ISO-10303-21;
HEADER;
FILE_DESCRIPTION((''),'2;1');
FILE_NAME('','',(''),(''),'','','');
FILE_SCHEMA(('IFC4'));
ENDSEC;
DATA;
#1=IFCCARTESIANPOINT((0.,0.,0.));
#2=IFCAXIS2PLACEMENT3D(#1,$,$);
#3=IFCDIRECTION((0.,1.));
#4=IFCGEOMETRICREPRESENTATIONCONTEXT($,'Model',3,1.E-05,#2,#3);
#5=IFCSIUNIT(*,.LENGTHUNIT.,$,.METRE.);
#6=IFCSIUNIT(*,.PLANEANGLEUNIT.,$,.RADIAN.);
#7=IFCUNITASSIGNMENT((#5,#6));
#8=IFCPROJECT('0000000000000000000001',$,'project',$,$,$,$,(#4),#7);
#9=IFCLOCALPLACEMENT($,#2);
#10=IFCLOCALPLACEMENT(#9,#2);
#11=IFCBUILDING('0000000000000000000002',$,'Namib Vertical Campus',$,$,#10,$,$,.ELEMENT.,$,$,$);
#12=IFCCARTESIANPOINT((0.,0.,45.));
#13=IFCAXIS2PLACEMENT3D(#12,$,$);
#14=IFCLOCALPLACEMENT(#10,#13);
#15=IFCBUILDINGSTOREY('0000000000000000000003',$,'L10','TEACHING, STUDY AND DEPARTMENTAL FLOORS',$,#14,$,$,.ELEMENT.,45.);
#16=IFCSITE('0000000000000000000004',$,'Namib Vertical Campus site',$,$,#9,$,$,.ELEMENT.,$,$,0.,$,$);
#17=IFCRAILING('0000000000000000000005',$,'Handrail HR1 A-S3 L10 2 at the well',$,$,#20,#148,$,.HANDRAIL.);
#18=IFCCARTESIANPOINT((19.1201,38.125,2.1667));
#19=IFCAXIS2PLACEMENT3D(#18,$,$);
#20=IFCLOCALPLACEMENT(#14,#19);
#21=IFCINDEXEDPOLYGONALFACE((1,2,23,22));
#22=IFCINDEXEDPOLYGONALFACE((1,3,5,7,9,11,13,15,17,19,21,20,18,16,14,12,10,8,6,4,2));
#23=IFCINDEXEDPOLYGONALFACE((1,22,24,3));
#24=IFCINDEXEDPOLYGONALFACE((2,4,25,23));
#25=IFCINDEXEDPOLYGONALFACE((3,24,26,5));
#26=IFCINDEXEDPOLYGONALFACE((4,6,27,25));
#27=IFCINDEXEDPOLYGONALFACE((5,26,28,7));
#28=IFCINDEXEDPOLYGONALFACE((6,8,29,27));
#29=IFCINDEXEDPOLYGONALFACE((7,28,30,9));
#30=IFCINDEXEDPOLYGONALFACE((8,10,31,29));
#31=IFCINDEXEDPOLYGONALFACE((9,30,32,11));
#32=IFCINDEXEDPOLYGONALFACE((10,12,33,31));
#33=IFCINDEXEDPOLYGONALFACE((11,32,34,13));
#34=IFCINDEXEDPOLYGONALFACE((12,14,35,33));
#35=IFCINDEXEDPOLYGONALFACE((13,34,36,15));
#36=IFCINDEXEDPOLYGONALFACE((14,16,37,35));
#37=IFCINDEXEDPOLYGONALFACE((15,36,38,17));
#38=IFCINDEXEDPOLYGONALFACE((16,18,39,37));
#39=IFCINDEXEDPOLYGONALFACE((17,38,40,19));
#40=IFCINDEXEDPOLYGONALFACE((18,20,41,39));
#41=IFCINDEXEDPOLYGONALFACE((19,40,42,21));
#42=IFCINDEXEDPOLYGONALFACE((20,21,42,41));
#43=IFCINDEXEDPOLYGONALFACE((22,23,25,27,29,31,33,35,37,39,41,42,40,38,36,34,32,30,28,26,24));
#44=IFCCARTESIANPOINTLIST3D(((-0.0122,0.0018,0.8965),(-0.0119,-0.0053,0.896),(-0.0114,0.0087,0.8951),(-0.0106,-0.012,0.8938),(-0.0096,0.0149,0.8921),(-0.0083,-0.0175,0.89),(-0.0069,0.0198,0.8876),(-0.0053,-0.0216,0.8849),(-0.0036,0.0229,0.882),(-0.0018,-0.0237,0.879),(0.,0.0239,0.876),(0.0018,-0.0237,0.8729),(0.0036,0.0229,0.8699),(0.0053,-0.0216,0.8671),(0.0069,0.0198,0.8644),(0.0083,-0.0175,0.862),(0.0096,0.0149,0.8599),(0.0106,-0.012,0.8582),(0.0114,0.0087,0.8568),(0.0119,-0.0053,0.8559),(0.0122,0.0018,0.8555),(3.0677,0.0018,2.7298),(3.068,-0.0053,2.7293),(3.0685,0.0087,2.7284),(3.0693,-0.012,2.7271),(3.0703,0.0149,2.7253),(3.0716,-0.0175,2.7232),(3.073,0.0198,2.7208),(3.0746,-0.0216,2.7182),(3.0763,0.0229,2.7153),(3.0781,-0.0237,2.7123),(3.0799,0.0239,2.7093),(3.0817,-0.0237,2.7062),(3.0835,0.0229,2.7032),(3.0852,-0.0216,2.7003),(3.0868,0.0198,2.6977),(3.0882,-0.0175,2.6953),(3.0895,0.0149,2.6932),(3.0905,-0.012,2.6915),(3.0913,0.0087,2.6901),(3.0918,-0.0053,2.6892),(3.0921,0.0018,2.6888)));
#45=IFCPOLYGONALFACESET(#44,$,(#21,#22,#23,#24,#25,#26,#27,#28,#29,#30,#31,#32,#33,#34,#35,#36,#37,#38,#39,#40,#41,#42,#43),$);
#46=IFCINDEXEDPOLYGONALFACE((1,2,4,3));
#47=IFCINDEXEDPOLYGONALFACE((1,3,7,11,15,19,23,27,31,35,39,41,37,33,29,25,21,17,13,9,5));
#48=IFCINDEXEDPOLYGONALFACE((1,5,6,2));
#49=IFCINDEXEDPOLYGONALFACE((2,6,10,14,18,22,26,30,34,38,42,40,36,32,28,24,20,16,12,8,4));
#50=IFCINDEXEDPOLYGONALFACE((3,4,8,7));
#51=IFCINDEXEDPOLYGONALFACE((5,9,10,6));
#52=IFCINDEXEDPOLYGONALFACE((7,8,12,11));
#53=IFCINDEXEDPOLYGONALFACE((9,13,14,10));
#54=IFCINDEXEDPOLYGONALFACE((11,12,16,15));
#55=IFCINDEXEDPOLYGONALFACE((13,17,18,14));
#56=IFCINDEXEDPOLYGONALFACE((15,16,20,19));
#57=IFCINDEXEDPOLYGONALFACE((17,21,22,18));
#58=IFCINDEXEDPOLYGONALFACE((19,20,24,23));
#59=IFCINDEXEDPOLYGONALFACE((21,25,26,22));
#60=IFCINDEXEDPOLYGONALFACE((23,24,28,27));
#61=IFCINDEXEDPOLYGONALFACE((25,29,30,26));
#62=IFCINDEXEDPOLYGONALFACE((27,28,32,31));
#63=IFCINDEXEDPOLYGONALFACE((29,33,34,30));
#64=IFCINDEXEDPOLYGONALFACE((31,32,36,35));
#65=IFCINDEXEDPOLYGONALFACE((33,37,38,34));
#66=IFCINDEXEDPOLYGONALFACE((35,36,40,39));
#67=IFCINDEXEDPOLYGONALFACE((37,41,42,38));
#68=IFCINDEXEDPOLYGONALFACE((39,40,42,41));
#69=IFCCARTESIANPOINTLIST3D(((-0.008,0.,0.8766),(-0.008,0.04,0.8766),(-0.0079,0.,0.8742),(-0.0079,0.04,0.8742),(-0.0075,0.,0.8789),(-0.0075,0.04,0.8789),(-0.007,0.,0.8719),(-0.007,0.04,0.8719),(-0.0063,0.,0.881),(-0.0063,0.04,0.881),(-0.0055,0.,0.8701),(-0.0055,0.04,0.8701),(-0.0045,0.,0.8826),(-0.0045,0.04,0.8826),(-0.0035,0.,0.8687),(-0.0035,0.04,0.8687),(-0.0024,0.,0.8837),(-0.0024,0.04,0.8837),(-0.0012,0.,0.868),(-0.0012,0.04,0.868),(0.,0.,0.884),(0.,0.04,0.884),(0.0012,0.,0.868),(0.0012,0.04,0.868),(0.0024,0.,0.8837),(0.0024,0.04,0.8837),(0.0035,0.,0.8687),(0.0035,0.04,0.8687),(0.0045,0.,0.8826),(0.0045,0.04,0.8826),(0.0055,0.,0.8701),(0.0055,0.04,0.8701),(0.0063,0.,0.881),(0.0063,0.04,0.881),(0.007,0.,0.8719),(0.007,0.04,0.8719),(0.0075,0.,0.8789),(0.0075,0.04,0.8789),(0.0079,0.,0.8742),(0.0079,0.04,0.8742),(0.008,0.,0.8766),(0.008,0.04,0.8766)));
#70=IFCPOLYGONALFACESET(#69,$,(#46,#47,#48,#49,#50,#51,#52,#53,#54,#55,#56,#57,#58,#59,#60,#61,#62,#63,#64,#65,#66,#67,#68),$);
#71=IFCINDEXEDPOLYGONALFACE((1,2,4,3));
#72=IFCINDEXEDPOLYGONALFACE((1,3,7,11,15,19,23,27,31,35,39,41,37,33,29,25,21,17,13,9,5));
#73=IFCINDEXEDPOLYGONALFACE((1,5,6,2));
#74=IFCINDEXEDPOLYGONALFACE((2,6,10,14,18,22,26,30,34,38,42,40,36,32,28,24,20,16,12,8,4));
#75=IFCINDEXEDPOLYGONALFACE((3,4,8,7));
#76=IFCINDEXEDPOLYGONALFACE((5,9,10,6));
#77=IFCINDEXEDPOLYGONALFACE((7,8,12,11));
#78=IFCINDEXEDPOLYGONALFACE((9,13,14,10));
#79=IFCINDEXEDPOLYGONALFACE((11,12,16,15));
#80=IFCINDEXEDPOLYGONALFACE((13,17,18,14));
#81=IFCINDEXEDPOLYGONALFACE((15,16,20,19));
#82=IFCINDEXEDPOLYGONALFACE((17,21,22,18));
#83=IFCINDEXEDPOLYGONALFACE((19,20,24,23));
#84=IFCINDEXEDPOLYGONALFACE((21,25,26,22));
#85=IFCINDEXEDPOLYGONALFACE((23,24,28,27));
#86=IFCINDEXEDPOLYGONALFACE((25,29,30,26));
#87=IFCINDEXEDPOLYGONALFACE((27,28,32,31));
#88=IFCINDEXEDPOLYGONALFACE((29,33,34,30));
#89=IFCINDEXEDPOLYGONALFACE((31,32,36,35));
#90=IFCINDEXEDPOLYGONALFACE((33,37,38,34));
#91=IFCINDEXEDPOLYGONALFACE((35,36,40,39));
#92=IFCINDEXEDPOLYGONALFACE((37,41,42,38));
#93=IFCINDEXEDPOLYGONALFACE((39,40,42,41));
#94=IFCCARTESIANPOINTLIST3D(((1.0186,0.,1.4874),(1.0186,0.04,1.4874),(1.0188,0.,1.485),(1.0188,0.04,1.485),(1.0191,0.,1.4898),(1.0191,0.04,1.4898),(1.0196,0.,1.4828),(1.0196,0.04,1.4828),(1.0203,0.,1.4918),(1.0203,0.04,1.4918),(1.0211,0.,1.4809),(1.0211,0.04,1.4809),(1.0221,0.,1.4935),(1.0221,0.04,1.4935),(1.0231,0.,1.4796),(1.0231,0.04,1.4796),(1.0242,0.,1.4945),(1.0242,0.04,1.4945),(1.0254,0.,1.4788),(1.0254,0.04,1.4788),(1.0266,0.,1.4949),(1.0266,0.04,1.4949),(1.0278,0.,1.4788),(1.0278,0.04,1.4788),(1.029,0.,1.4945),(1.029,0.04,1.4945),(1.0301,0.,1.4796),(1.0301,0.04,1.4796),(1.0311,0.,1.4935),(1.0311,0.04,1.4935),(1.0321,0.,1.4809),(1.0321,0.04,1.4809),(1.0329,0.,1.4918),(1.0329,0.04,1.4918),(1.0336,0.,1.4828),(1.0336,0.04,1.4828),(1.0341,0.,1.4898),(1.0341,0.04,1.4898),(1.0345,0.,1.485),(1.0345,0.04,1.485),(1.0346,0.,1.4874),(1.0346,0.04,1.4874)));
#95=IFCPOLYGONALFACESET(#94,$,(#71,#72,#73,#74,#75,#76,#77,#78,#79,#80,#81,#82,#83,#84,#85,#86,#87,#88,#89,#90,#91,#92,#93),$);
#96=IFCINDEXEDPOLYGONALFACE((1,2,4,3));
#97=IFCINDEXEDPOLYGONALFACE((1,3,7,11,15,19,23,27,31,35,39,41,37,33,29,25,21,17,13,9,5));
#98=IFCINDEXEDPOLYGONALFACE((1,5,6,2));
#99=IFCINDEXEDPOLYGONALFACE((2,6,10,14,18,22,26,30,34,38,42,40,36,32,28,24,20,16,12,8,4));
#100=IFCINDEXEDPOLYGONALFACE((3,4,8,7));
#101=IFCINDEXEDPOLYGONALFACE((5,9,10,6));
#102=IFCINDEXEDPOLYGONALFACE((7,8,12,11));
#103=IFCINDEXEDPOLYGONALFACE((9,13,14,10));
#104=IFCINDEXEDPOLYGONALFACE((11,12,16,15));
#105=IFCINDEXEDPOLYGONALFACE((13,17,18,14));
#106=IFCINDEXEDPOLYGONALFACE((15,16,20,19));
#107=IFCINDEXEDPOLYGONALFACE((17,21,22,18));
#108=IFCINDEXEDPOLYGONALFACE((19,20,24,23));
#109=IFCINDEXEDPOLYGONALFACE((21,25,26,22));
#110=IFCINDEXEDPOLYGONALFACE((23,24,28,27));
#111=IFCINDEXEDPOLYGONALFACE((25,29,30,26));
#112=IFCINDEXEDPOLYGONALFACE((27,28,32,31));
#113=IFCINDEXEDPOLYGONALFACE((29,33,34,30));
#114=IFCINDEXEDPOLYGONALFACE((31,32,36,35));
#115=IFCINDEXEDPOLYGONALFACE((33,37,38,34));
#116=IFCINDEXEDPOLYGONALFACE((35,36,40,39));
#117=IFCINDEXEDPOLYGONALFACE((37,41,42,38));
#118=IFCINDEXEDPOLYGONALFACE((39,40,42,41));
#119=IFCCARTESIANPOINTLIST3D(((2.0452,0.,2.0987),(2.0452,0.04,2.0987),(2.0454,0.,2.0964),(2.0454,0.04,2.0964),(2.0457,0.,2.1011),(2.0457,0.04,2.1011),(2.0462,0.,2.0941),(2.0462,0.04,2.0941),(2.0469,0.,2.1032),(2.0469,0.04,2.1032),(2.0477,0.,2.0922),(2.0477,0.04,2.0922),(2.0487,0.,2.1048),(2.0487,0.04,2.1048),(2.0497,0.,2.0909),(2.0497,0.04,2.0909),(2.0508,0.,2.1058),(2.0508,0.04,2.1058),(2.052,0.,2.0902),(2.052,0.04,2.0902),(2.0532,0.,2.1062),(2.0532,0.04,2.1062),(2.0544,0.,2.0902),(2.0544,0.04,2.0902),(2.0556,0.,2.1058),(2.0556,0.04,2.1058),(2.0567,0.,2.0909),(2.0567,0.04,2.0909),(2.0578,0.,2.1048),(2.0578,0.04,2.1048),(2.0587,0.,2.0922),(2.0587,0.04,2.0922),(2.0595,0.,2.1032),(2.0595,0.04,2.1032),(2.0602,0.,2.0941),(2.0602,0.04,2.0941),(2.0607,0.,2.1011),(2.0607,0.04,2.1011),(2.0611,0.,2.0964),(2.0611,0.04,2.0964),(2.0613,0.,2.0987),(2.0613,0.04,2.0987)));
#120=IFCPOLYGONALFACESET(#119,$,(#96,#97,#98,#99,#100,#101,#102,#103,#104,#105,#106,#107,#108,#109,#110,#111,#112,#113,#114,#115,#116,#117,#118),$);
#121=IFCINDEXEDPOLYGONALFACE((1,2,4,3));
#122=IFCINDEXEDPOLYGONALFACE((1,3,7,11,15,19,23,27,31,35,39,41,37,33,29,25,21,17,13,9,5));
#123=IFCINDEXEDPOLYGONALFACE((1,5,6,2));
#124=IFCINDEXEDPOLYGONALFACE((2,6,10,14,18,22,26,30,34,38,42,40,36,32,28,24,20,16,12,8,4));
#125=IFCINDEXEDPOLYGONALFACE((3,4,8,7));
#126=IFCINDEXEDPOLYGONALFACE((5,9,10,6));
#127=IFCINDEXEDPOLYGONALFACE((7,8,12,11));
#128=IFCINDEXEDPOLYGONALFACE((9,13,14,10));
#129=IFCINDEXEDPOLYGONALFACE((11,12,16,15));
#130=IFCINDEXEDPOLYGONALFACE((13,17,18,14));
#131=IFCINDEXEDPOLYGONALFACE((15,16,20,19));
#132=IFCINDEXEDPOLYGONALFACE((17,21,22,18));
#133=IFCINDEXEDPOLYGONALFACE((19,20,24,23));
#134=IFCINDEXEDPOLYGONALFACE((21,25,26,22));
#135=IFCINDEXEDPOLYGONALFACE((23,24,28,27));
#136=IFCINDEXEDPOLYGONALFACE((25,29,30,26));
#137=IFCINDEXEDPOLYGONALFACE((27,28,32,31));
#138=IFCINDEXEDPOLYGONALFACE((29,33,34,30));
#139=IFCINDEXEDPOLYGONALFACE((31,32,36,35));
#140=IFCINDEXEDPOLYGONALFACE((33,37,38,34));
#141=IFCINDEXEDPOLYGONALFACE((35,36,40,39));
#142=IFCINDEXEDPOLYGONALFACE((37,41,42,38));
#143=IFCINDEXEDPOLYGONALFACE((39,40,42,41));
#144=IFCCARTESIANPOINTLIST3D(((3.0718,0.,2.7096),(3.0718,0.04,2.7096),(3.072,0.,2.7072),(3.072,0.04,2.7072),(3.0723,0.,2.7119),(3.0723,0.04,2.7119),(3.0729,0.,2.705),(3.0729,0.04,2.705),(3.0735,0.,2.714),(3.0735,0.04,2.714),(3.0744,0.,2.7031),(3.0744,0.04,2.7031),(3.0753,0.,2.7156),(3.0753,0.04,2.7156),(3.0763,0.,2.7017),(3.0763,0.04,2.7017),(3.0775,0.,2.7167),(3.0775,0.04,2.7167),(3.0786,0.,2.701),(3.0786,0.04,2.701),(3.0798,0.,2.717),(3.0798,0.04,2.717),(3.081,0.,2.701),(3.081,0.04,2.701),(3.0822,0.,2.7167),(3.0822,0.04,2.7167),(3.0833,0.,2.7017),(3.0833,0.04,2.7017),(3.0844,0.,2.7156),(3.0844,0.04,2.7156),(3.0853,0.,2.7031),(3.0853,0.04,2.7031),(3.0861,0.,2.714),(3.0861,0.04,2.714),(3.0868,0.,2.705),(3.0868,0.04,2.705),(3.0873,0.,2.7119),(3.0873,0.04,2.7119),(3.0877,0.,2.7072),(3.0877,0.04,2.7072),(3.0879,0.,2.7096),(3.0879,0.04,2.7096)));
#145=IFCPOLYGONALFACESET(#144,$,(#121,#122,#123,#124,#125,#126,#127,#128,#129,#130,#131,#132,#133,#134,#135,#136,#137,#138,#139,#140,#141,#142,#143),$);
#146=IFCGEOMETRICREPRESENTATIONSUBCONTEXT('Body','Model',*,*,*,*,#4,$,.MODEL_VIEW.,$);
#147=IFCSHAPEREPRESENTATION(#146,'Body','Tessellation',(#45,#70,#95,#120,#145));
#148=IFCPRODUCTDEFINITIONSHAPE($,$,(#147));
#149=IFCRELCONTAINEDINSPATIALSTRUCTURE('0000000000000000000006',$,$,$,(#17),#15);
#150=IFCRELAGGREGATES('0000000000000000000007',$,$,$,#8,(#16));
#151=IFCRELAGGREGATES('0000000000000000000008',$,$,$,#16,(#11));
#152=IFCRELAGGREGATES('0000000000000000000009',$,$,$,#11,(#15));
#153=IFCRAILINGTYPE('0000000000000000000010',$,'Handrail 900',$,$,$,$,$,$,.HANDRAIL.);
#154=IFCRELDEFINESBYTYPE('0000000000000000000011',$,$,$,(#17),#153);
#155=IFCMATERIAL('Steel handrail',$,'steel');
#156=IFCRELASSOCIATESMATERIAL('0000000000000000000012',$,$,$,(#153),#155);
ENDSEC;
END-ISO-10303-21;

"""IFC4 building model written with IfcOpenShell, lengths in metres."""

from ifc_helpers import new_model, si_unit, direction, frame, origin, origin_2d, place, context, subcontext, project, spatial, circle, extrude, material, type_object, element, save


model = new_model("IFC4")

# Units and contexts
model_context = context("Model", 3, precision=1e-05, world=origin(), true_north=direction((0.0, 1.0)))
body_context = subcontext(model_context, "Body", "Model", "MODEL_VIEW")
ifc_project = project(units=[si_unit("LENGTHUNIT", "METRE"), si_unit("PLANEANGLEUNIT", "RADIAN")], contexts=[model_context])

# Site, building, storey
site_placement = place(None, origin())
site = spatial("IfcSite", under=ifc_project, at=site_placement, Name="Namib Vertical Campus site", CompositionType="ELEMENT", RefElevation=0.0)
building_placement = place(site_placement, origin())
building = spatial("IfcBuilding", under=site, at=building_placement, Name="Namib Vertical Campus", CompositionType="ELEMENT")
storey_placement = place(building_placement, frame((0.0, 0.0, 45.0)))
storey = spatial("IfcBuildingStorey", under=building, at=storey_placement, Name="L10", Description="TEACHING, STUDY AND DEPARTMENTAL FLOORS", CompositionType="ELEMENT", Elevation=45.0)

# Railing
ifc_material_1 = material(Name="Steel handrail", Category="steel")
railing_type = type_object("IfcRailingType", Name="Handrail 900", PredefinedType="HANDRAIL", material=ifc_material_1)
railing_1_placement = place(storey_placement, frame((19.1201, 38.125, 2.1667)))
element("IfcRailing", 1, at=railing_1_placement, inside=storey, type_object=railing_type, Name="Handrail HR1 A-S3 L10 2 at the well", PredefinedType="HANDRAIL", context=body_context, shape_type="SweptSolid", body=[
    extrude(circle(Radius=0.0239, at=origin_2d()), frame((0.0, 0.0, 0.876), z_axis=(0.859291, 0.0, 0.511487), x_axis=(0.0, 1.0, 0.0)), (0.0, 0.0, 1.0), 3.5842),
    extrude(circle(Radius=0.0081, at=origin_2d()), frame((0.0, 0.0, 0.876), z_axis=(0.0, 1.0, 0.0), x_axis=(0.0, 0.0, 1.0)), (0.0, 0.0, 1.0), 0.04),
    extrude(circle(Radius=0.0081, at=origin_2d()), frame((1.0266, 0.0, 1.4868), z_axis=(0.0, 1.0, 0.0), x_axis=(0.0, 0.0, 1.0)), (0.0, 0.0, 1.0), 0.04),
    extrude(circle(Radius=0.0081, at=origin_2d()), frame((2.0532, 0.0, 2.0981), z_axis=(0.0, 1.0, 0.0), x_axis=(0.0, 0.0, 1.0)), (0.0, 0.0, 1.0), 0.04),
    extrude(circle(Radius=0.0081, at=origin_2d()), frame((3.0798, 0.0, 2.709), z_axis=(0.0, 1.0, 0.0), x_axis=(0.0, 0.0, 1.0)), (0.0, 0.0, 1.0), 0.04),
])

save(model, "model.ifc")
